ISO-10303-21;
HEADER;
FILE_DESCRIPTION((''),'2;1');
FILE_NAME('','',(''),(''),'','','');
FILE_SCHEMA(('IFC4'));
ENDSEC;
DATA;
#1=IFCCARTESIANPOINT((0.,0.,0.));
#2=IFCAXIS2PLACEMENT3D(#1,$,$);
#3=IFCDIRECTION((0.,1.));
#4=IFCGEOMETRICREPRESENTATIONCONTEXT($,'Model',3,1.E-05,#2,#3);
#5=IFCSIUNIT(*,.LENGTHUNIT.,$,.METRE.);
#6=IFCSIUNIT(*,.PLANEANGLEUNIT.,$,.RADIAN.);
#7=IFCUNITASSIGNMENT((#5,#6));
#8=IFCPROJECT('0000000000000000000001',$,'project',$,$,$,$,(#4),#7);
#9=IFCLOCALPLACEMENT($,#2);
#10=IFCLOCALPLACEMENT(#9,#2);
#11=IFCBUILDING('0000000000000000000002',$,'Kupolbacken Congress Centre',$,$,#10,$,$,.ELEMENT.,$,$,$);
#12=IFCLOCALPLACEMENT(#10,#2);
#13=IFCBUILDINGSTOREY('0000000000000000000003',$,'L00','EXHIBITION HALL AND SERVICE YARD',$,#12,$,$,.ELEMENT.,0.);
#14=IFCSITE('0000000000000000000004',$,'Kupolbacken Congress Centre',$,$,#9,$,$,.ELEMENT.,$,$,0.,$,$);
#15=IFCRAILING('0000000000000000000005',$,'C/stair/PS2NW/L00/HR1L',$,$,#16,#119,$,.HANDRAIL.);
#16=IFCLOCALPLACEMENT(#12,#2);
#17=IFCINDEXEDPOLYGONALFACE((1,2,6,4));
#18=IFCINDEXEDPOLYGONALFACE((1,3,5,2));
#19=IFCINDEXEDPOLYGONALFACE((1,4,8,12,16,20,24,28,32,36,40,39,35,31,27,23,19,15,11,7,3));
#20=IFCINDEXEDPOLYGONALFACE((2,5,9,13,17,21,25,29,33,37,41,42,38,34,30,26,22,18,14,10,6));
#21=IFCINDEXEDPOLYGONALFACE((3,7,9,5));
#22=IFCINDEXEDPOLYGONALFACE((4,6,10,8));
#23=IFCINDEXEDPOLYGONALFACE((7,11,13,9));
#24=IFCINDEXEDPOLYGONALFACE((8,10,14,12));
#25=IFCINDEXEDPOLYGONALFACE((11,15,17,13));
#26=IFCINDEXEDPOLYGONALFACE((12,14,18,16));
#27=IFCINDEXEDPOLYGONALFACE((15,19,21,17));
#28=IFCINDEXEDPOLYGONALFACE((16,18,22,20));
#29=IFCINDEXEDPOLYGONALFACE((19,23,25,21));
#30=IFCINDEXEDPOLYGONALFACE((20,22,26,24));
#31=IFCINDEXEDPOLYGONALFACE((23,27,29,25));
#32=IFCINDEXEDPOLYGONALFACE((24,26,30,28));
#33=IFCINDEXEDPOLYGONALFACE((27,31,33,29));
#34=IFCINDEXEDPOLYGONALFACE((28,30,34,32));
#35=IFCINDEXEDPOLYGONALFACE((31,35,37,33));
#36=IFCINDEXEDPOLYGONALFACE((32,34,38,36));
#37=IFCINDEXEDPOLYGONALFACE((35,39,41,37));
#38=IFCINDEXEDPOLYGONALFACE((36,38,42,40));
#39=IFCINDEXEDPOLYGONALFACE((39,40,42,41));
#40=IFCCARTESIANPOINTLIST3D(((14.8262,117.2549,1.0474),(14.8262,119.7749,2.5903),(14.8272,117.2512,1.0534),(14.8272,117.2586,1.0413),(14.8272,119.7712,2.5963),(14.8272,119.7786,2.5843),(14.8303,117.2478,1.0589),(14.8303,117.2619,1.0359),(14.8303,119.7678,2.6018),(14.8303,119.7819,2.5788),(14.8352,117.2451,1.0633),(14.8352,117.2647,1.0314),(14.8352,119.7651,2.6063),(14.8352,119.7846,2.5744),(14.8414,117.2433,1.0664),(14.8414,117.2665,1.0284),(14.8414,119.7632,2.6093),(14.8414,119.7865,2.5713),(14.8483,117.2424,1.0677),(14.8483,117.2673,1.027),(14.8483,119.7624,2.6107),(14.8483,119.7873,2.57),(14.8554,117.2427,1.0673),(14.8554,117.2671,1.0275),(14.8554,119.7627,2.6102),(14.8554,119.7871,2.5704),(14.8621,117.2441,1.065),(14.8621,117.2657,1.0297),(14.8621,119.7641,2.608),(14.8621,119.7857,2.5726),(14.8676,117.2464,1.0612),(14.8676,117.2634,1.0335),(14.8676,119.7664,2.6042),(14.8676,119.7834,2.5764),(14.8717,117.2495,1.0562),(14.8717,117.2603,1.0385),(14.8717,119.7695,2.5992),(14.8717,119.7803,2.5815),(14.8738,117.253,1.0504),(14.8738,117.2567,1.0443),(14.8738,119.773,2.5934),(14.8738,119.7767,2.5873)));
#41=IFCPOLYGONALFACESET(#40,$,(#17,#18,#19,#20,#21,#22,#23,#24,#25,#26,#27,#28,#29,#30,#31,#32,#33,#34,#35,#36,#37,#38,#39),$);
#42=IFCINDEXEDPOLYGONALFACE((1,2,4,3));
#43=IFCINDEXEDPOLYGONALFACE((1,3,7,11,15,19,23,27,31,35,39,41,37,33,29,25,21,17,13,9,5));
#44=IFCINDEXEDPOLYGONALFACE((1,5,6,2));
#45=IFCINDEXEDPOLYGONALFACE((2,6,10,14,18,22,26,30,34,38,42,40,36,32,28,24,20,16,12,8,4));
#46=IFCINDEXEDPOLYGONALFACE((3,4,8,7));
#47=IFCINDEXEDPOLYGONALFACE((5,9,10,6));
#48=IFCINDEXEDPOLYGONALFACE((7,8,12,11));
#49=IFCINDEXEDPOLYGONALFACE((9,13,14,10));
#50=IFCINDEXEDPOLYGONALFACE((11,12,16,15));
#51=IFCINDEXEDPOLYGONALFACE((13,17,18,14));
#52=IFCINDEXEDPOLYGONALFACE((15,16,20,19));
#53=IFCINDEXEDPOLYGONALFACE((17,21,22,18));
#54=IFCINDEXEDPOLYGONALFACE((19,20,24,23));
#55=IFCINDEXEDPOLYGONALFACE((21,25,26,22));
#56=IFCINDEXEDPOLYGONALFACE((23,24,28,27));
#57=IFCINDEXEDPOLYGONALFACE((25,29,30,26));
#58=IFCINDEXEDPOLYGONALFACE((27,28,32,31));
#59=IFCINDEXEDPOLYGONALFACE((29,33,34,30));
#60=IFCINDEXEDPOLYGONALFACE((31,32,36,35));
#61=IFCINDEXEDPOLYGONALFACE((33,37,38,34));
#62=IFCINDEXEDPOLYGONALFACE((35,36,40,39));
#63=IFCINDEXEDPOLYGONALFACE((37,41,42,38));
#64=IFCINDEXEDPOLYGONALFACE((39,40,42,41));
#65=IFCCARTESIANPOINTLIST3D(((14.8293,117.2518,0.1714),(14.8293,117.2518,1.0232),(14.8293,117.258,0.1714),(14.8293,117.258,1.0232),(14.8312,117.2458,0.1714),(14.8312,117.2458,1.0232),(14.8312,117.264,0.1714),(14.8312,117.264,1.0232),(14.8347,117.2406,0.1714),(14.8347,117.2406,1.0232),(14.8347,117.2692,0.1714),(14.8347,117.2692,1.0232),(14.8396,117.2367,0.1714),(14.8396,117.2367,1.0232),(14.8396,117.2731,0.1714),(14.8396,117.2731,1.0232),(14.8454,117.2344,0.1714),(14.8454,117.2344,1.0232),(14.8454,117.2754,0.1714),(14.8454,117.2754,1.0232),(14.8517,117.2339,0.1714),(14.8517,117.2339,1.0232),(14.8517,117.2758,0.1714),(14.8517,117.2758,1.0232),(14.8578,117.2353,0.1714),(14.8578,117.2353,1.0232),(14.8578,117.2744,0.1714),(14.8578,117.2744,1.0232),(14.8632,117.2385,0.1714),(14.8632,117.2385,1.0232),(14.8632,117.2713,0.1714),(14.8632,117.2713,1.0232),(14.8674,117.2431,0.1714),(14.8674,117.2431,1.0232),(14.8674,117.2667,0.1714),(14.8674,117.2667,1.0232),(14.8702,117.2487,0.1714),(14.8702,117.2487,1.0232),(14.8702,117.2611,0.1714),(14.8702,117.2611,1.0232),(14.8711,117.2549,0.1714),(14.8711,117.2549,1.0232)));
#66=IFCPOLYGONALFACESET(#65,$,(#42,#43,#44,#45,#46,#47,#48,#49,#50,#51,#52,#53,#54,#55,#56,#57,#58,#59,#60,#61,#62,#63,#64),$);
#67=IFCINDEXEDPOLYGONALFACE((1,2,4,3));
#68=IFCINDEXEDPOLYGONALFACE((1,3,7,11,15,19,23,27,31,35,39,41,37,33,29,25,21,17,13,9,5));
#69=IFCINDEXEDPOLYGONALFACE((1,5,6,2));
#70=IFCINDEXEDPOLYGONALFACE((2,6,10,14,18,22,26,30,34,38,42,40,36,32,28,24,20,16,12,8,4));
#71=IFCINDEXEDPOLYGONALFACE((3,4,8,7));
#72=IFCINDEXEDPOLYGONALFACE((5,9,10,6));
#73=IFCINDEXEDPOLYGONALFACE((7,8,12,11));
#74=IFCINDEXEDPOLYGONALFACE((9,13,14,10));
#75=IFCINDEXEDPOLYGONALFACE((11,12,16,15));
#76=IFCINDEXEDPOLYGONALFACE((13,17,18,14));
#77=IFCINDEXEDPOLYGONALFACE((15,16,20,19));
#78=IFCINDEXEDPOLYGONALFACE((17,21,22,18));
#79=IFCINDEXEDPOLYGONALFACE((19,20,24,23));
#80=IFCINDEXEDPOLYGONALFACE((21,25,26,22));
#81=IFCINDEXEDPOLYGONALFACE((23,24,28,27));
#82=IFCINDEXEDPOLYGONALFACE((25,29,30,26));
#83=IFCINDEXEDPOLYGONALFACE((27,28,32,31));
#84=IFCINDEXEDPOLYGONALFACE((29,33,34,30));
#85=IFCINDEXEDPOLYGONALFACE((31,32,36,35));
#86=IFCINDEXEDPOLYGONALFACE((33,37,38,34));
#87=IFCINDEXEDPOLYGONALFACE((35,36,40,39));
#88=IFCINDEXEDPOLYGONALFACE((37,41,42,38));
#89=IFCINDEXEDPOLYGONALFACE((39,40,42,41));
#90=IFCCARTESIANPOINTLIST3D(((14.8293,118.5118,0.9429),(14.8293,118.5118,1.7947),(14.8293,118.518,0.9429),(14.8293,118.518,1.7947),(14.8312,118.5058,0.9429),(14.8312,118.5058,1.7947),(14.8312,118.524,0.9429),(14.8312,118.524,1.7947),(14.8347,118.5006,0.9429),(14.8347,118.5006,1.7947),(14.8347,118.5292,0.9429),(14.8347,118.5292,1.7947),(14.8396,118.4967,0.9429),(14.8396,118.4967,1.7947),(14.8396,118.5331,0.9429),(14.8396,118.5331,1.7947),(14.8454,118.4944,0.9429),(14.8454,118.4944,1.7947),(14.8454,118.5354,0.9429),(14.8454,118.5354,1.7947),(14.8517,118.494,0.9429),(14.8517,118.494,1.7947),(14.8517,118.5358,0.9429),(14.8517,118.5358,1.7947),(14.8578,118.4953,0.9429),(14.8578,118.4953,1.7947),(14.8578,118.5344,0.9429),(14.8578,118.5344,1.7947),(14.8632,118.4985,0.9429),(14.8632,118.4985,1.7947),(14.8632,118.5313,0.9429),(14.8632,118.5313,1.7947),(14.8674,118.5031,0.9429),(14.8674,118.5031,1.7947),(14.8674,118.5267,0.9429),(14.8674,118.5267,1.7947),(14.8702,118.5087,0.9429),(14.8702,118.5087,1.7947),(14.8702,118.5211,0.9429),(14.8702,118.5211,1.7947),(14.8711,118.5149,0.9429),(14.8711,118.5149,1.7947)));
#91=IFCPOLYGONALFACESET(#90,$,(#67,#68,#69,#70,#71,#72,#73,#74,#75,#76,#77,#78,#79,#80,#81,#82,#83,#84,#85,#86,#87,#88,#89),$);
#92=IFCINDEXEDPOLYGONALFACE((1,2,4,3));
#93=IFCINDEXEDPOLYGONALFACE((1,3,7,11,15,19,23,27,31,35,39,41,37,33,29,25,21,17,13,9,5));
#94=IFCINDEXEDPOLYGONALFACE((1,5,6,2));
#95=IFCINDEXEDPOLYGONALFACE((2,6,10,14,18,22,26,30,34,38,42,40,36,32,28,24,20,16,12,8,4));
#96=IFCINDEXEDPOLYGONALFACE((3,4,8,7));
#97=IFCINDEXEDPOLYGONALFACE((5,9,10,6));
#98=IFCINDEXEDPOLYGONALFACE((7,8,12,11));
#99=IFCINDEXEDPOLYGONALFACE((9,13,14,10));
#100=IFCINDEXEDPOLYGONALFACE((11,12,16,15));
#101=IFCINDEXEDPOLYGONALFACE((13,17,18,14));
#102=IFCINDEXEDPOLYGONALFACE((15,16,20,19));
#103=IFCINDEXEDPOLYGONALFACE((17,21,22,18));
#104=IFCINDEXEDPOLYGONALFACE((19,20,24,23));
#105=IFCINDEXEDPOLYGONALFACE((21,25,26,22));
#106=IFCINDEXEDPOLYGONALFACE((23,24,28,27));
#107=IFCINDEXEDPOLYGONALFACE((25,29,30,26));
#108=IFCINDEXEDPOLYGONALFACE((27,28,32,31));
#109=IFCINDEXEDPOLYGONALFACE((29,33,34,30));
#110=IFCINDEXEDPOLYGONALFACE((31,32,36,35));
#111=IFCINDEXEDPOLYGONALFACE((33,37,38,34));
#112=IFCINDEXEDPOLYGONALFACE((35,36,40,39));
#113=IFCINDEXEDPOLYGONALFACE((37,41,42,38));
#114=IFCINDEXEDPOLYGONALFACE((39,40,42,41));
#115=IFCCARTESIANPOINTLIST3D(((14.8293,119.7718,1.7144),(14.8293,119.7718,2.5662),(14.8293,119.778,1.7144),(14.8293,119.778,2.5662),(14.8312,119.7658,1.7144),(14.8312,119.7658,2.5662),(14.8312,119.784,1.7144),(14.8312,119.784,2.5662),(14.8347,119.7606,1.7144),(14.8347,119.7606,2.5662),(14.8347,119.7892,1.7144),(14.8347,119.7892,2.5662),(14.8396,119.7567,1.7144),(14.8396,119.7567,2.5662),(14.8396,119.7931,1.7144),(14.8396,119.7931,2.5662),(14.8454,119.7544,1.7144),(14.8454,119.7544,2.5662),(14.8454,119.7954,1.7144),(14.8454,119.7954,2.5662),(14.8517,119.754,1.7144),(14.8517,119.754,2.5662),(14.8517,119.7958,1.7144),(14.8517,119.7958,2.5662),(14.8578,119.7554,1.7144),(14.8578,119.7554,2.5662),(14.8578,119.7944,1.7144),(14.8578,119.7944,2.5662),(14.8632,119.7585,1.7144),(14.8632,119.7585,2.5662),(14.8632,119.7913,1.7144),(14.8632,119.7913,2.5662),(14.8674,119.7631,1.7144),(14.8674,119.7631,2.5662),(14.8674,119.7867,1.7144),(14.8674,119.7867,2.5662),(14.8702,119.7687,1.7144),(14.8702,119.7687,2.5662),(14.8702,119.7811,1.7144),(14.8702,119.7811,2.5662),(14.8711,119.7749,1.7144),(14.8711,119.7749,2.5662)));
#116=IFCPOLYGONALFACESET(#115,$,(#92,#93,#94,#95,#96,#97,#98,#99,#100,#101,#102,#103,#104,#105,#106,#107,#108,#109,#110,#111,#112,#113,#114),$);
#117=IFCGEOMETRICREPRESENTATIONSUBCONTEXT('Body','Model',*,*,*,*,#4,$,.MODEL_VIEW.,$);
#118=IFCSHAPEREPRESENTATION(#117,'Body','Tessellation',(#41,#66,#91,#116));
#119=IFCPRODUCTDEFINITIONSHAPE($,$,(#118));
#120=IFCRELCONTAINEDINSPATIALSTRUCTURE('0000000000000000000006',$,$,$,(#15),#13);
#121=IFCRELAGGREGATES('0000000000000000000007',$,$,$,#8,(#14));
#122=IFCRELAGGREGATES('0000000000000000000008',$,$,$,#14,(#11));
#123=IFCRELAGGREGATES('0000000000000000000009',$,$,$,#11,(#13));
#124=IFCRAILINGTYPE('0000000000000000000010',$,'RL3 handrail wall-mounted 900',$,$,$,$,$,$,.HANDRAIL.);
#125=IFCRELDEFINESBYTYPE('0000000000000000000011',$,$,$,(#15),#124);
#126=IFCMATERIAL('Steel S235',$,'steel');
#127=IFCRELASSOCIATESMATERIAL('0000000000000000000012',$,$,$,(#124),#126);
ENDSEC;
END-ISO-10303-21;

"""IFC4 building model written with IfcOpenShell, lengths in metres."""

from ifc_helpers import new_model, si_unit, direction, frame, origin, origin_2d, place, context, subcontext, project, spatial, circle, extrude, material, type_object, element, save


model = new_model("IFC4")

# Units and contexts
model_context = context("Model", 3, precision=1e-05, world=origin(), true_north=direction((0.0, 1.0)))
body_context = subcontext(model_context, "Body", "Model", "MODEL_VIEW")
ifc_project = project(units=[si_unit("LENGTHUNIT", "METRE"), si_unit("PLANEANGLEUNIT", "RADIAN")], contexts=[model_context])

# Site, building, storey
site_placement = place(None, origin())
site = spatial("IfcSite", under=ifc_project, at=site_placement, Name="Kupolbacken Congress Centre", CompositionType="ELEMENT", RefElevation=0.0)
building_placement = place(site_placement, origin())
building = spatial("IfcBuilding", under=site, at=building_placement, Name="Kupolbacken Congress Centre", CompositionType="ELEMENT")
storey_placement = place(building_placement, origin())
storey = spatial("IfcBuildingStorey", under=building, at=storey_placement, Name="L00", Description="EXHIBITION HALL AND SERVICE YARD", CompositionType="ELEMENT", Elevation=0.0)

# Railing
ifc_material_1 = material(Name="Steel S235", Category="steel")
railing_type = type_object("IfcRailingType", Name="RL3 handrail wall-mounted 900", PredefinedType="HANDRAIL", material=ifc_material_1)
railing_placement = place(storey_placement, frame((14.8501, 117.2549, 0.1714)))
element("IfcRailing", 1, at=railing_placement, inside=storey, type_object=railing_type, Name="C/stair/PS2NW/L00/HR1L", PredefinedType="HANDRAIL", context=body_context, shape_type="SweptSolid", body=[
    extrude(circle(Radius=0.0239, at=origin_2d()), frame((0.0, 0.0, 0.876), z_axis=(0.0, 0.852836, 0.522178), x_axis=(-1.0, 0.0, 0.0)), (0.0, 0.0, 1.0), 2.9548),
    extrude(circle(Radius=0.021, at=origin_2d()), origin(), (0.0, 0.0, 1.0), 0.8518),
    extrude(circle(Radius=0.021, at=origin_2d()), frame((0.0, 1.26, 0.7715)), (0.0, 0.0, 1.0), 0.8518),
    extrude(circle(Radius=0.021, at=origin_2d()), frame((0.0, 2.52, 1.543)), (0.0, 0.0, 1.0), 0.8518),
])

save(model, "model.ifc")
